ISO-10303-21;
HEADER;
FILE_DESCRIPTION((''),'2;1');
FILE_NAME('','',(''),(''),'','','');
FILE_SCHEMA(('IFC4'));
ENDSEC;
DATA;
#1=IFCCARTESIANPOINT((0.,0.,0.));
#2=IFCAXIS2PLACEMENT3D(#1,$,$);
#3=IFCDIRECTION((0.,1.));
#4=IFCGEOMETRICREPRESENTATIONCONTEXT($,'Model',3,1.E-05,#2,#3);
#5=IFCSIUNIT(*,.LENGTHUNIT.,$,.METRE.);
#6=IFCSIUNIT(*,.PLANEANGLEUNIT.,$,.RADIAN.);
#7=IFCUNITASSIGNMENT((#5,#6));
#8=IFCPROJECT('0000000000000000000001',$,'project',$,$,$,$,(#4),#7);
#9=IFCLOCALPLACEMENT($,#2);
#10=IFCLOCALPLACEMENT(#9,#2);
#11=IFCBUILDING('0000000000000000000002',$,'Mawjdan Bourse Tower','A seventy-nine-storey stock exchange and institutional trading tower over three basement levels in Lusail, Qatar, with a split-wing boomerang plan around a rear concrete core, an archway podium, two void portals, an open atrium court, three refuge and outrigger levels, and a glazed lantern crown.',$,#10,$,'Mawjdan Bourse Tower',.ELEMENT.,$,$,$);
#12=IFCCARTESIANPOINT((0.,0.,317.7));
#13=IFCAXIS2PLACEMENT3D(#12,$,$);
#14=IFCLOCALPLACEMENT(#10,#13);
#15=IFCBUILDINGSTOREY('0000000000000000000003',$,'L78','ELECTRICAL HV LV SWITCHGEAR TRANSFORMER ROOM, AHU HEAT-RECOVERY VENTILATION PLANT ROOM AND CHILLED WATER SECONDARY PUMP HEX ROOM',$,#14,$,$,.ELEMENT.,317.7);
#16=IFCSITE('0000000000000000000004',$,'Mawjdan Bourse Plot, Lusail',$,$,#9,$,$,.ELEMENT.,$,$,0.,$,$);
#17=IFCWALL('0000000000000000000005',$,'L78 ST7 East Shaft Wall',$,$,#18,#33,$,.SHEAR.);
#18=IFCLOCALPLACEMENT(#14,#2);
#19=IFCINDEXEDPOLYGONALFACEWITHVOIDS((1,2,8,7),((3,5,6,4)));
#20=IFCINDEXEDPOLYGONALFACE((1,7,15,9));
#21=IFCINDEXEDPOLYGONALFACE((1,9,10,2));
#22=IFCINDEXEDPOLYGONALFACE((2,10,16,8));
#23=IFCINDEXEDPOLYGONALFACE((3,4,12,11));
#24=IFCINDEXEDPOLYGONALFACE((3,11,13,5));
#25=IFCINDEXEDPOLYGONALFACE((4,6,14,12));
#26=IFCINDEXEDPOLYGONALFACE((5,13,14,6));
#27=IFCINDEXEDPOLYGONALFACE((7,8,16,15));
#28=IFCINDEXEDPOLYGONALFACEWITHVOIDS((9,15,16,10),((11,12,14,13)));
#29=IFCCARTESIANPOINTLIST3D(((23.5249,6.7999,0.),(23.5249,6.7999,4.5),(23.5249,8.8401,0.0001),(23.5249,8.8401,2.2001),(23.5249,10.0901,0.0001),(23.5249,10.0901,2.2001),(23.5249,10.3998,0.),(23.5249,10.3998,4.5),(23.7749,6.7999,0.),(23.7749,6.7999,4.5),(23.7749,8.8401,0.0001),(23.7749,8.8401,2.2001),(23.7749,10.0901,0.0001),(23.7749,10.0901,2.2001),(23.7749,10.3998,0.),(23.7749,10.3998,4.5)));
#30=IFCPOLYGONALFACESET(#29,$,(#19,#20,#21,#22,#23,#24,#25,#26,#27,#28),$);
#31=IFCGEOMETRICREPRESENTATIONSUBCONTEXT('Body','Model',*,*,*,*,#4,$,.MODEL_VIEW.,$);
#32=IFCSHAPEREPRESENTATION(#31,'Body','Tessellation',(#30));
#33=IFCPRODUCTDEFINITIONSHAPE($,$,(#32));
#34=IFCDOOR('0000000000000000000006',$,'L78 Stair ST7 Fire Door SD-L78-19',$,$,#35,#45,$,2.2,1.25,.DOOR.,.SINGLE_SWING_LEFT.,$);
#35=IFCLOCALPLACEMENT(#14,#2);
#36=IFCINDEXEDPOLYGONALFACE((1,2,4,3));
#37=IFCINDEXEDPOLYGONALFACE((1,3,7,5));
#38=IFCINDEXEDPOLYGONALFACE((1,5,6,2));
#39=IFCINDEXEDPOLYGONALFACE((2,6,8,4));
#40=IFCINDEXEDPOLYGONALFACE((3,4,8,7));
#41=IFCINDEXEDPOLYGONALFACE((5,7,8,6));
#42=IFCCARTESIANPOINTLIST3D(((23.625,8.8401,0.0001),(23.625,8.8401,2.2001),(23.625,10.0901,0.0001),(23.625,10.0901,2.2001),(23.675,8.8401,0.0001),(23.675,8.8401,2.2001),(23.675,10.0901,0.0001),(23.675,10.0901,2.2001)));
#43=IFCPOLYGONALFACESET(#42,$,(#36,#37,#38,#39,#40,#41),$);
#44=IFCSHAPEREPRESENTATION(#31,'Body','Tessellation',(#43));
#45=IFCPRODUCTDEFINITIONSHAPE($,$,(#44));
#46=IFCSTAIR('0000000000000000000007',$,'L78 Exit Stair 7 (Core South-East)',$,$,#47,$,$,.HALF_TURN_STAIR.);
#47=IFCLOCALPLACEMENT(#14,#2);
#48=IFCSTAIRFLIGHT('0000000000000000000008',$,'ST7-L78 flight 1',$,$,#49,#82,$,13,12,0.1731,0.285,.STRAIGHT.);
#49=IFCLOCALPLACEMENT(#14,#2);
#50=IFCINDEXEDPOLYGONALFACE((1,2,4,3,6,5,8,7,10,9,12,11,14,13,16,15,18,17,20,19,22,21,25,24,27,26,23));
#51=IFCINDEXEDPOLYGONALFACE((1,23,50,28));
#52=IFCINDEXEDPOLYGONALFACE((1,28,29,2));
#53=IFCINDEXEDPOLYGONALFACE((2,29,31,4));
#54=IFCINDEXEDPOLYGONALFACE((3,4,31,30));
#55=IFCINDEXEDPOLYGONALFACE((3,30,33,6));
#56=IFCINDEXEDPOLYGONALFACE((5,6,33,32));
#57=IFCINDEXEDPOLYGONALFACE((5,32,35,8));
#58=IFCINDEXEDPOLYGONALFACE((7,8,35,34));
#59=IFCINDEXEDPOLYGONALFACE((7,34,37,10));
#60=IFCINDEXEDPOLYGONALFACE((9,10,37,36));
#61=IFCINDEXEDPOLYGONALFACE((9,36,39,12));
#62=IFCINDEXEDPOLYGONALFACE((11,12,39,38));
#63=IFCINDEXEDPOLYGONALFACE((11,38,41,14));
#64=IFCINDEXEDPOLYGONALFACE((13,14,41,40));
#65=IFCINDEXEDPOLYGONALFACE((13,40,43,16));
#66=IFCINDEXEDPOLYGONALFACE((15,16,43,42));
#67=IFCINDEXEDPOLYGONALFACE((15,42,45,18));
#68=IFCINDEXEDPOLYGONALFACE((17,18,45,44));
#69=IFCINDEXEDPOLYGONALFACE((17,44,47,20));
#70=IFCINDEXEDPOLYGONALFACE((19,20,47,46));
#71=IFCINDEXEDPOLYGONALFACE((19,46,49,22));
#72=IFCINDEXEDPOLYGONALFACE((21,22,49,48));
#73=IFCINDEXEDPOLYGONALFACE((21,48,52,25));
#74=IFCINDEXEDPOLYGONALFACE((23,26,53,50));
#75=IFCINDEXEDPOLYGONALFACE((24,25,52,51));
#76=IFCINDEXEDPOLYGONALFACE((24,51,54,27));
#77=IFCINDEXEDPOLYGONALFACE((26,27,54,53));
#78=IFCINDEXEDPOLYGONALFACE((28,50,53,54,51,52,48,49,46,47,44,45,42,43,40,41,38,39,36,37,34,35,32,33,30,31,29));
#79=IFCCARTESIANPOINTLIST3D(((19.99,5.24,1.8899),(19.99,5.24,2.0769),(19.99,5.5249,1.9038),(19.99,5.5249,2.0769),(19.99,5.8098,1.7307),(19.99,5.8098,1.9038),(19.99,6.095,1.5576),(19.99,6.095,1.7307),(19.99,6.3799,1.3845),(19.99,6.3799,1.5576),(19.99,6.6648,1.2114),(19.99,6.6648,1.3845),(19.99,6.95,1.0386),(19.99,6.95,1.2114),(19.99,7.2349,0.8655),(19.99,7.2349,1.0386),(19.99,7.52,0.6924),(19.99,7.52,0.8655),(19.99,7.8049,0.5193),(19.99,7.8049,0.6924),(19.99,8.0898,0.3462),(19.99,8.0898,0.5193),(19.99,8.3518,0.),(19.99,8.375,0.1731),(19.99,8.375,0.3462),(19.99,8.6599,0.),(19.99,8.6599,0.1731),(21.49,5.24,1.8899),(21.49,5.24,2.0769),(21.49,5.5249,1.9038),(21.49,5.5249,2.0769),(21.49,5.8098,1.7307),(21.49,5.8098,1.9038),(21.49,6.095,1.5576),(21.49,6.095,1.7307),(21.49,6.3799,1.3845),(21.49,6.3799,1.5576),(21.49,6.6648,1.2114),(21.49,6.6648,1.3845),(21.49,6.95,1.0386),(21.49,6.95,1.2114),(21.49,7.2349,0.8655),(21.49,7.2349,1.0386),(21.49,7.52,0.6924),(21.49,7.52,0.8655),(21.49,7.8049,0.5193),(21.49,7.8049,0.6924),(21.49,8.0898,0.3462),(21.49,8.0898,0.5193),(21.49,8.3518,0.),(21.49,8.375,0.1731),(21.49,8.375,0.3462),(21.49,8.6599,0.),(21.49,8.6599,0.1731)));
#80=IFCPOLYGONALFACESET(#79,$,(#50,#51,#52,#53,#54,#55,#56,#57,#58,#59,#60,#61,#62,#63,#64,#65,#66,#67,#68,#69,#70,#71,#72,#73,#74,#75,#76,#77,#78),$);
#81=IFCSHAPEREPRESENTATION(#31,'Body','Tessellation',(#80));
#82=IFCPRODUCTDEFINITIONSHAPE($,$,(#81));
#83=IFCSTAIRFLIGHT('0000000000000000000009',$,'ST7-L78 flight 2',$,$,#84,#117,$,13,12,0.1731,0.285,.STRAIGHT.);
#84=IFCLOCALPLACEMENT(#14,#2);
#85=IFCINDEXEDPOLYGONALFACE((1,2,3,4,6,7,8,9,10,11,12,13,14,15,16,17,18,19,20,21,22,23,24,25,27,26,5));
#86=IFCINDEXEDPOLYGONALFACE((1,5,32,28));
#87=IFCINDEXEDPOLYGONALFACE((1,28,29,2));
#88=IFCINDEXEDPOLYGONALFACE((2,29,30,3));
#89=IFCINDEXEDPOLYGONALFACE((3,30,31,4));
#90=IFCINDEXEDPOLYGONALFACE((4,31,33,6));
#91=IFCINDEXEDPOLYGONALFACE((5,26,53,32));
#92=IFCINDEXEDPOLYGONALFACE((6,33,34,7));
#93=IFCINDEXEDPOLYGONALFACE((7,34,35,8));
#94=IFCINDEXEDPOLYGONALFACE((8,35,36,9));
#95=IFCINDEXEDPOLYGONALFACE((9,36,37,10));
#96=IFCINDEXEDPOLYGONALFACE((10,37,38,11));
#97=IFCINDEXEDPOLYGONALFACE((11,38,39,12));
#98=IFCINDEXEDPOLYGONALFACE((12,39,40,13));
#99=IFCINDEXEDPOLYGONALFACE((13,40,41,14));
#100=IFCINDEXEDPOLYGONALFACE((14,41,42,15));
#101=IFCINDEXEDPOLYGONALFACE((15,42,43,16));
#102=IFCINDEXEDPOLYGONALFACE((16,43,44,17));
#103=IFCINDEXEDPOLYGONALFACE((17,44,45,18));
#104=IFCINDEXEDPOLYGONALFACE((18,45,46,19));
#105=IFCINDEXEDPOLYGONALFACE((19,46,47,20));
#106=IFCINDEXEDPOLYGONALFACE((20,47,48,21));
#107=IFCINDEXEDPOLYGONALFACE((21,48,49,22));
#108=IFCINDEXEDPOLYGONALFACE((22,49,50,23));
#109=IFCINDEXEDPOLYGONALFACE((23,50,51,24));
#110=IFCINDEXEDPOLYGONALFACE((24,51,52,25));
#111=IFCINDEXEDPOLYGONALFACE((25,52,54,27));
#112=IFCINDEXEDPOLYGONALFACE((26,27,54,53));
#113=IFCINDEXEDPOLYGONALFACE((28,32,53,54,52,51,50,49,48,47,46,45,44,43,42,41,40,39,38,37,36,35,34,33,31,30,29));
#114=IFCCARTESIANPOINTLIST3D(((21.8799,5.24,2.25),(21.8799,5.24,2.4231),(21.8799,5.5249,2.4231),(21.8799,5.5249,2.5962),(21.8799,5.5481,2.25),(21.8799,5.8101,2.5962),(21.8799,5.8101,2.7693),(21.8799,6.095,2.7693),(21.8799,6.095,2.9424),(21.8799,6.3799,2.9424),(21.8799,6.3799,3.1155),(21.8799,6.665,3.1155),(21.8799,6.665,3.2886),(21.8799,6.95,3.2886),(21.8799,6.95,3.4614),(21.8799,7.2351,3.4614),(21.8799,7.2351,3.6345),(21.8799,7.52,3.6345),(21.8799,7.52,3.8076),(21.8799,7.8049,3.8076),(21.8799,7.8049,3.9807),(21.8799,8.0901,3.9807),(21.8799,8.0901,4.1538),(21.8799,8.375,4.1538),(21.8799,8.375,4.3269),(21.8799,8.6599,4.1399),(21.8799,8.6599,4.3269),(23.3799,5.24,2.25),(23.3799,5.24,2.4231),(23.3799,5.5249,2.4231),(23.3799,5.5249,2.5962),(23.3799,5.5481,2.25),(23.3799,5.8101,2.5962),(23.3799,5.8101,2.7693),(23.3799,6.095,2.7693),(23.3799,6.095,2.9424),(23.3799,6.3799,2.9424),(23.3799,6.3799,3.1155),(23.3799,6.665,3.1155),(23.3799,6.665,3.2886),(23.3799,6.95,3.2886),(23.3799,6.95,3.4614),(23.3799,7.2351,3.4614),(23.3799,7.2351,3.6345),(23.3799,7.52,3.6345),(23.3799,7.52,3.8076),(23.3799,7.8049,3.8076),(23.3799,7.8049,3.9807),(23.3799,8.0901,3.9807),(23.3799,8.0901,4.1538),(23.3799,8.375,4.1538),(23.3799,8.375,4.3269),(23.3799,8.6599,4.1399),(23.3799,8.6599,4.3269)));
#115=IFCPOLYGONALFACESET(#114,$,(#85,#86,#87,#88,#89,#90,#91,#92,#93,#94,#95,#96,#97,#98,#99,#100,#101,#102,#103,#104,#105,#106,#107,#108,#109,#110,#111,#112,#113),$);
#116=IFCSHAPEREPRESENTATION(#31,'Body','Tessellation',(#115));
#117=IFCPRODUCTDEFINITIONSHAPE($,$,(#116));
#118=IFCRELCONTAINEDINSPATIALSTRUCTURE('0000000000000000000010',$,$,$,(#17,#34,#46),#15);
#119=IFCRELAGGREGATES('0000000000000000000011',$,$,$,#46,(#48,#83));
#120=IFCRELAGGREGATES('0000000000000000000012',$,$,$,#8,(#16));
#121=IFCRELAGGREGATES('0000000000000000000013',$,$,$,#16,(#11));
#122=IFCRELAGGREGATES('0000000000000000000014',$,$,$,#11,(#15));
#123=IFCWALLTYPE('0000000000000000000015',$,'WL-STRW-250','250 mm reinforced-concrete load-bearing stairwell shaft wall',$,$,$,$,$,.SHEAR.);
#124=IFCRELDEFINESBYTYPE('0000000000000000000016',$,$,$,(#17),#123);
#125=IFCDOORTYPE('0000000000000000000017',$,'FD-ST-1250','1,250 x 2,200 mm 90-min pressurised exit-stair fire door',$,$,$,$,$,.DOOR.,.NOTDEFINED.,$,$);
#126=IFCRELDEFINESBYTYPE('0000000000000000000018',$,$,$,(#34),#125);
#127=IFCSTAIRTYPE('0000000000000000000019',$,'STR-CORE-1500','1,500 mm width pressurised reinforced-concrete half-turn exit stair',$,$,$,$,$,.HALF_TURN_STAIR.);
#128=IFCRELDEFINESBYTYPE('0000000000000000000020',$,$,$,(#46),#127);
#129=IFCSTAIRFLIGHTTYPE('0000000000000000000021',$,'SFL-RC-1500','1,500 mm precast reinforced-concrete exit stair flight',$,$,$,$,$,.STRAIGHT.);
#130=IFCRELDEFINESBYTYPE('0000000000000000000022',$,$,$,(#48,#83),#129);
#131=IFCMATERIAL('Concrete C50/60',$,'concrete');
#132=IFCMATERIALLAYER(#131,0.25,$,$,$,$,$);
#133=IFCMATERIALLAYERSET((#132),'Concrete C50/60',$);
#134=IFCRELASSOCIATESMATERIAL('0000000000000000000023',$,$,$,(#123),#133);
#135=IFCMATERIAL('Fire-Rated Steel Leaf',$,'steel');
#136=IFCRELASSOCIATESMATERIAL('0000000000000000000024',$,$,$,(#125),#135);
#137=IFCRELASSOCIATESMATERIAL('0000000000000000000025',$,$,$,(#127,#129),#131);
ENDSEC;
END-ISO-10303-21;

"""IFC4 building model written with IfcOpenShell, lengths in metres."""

from ifc_helpers import new_model, si_unit, direction, frame, frame_2d, origin, place, context, subcontext, project, spatial, polyline, rectangle, outline, extrude, material, layer, layer_set, type_object, element, fill, aggregate, save


model = new_model("IFC4")

# Units and contexts
model_context = context("Model", 3, precision=1e-05, world=origin(), true_north=direction((0.0, 1.0)))
body_context = subcontext(model_context, "Body", "Model", "MODEL_VIEW")
ifc_project = project(units=[si_unit("LENGTHUNIT", "METRE"), si_unit("PLANEANGLEUNIT", "RADIAN")], contexts=[model_context])

# Site, building, storey
site_placement = place(None, origin())
site = spatial("IfcSite", under=ifc_project, at=site_placement, Name="Mawjdan Bourse Plot, Lusail", CompositionType="ELEMENT", RefElevation=0.0)
building_placement = place(site_placement, origin())
building = spatial("IfcBuilding", under=site, at=building_placement, Name="Mawjdan Bourse Tower", Description="A seventy-nine-storey stock exchange and institutional trading tower over three basement levels in Lusail, Qatar, with a split-wing boomerang plan around a rear concrete core, an archway podium, two void portals, an open atrium court, three refuge and outrigger levels, and a glazed lantern crown.", LongName="Mawjdan Bourse Tower", CompositionType="ELEMENT")
storey_placement = place(building_placement, frame((0.0, 0.0, 317.7)))
storey = spatial("IfcBuildingStorey", under=building, at=storey_placement, Name="L78", Description="ELECTRICAL HV LV SWITCHGEAR TRANSFORMER ROOM, AHU HEAT-RECOVERY VENTILATION PLANT ROOM AND CHILLED WATER SECONDARY PUMP HEX ROOM", CompositionType="ELEMENT", Elevation=317.7)

# Wall, opening, door
ifc_material_1 = material(Name="Concrete C50/60", Category="concrete")
ifc_layer_1 = layer(ifc_material_1, 0.25)
ifc_layer_set_1 = layer_set([ifc_layer_1], Name="Concrete C50/60")
wall_type_1 = type_object("IfcWallType", Name="WL-STRW-250", Description="250 mm reinforced-concrete load-bearing stairwell shaft wall", PredefinedType="SHEAR", material=ifc_layer_set_1)
wall_1_placement = place(storey_placement, frame((23.6499, 6.8, 0.0), z_axis=(0.0, 0.0, 1.0), x_axis=(0.0, 1.0, 0.0)))
wall_1 = element("IfcWall", 1, at=wall_1_placement, inside=storey, type_object=wall_type_1, Name="L78 ST7 East Shaft Wall", PredefinedType="SHEAR", context=body_context, shape_type="SweptSolid", body=[
    extrude(rectangle(XDim=3.5999, YDim=0.25, at=frame_2d((1.7998, 0.0))), origin(), (0.0, 0.0, 1.0), 4.5),
])
opening_placement = place(wall_1_placement, frame((2.04, 0.0, 0.0)))
opening = element("IfcOpeningElement", 2, at=opening_placement, cuts=wall_1, PredefinedType="OPENING", context=body_context, shape_type="SweptSolid", body=[
    extrude(rectangle(XDim=1.25, YDim=2.2, at=frame_2d((0.625, 1.1001))), frame((0.0, 0.135, 0.0), z_axis=(0.0, -1.0, 0.0), x_axis=(1.0, 0.0, 0.0)), (0.0, 0.0, 1.0), 0.27),
])
ifc_material_2 = material(Name="Fire-Rated Steel Leaf", Category="steel")
door_type = type_object("IfcDoorType", Name="FD-ST-1250", Description="1,250 x 2,200 mm 90-min pressurised exit-stair fire door", OperationType="NOTDEFINED", PredefinedType="DOOR", material=ifc_material_2)
door_placement = place(opening_placement, origin())
door = element("IfcDoor", 3, at=door_placement, inside=storey, type_object=door_type, Name="L78 Stair ST7 Fire Door SD-L78-19", OperationType="SINGLE_SWING_LEFT", OverallHeight=2.2, OverallWidth=1.25, PredefinedType="DOOR", context=body_context, shape_type="SweptSolid", body=[
    extrude(rectangle(XDim=1.25, YDim=2.2, at=frame_2d((0.625, 1.1001))), frame((0.0, 0.0249, 0.0), z_axis=(0.0, -1.0, 0.0), x_axis=(1.0, 0.0, 0.0)), (0.0, 0.0, 1.0), 0.05),
])
fill(opening, door)

# Stair, stair flights
stair_type = type_object("IfcStairType", Name="STR-CORE-1500", Description="1,500 mm width pressurised reinforced-concrete half-turn exit stair", PredefinedType="HALF_TURN_STAIR", material=ifc_material_1)
stair_placement = place(storey_placement, origin())
stair = element("IfcStair", 4, at=stair_placement, inside=storey, type_object=stair_type, Name="L78 Exit Stair 7 (Core South-East)", PredefinedType="HALF_TURN_STAIR")
stair_flight_type = type_object("IfcStairFlightType", Name="SFL-RC-1500", Description="1,500 mm precast reinforced-concrete exit stair flight", PredefinedType="STRAIGHT", material=ifc_material_1)
stair_flight_1_placement = place(storey_placement, frame((20.74, 8.6599, 0.0), z_axis=(0.0, 0.0, 1.0), x_axis=(0.0, -1.0, 0.0)))
stair_flight_1 = element("IfcStairFlight", 5, at=stair_flight_1_placement, type_object=stair_flight_type, Name="ST7-L78 flight 1", NumberOfRisers=13, NumberOfTreads=12, PredefinedType="STRAIGHT", RiserHeight=0.1731, TreadLength=0.285, context=body_context, shape_type="SweptSolid", body=[
    extrude(outline(polyline([(0.0, 0.0), (0.0, 0.1731), (0.2849, 0.1731), (0.2849, 0.3462), (0.5701, 0.3462), (0.5701, 0.5193), (0.855, 0.5193), (0.855, 0.6924), (1.1399, 0.6924), (1.1399, 0.8655), (1.425, 0.8655), (1.425, 1.0386), (1.71, 1.0386), (1.71, 1.2114), (1.9951, 1.2114), (1.9951, 1.3845), (2.28, 1.3845), (2.28, 1.5576), (2.5649, 1.5576), (2.5649, 1.7307), (2.8501, 1.7307), (2.8501, 1.9038), (3.135, 1.9038), (3.135, 2.0769), (3.4199, 2.0769), (3.4199, 2.25), (3.4199, 1.8899), (0.3081, 0.0), (0.0, 0.0)])), frame((0.0, 0.75, 0.0), z_axis=(0.0, -1.0, 0.0), x_axis=(1.0, 0.0, 0.0)), (0.0, 0.0, 1.0), 1.5),
])
stair_flight_2_placement = place(storey_placement, frame((22.6299, 5.24, 2.25), z_axis=(0.0, 0.0, 1.0), x_axis=(0.0, 1.0, 0.0)))
stair_flight_2 = element("IfcStairFlight", 6, at=stair_flight_2_placement, type_object=stair_flight_type, Name="ST7-L78 flight 2", NumberOfRisers=13, NumberOfTreads=12, PredefinedType="STRAIGHT", RiserHeight=0.1731, TreadLength=0.285, context=body_context, shape_type="SweptSolid", body=[
    extrude(outline(polyline([(0.0, 0.0), (0.0, 0.1731), (0.2849, 0.1731), (0.2849, 0.3462), (0.5701, 0.3462), (0.5701, 0.5193), (0.855, 0.5193), (0.855, 0.6924), (1.1399, 0.6924), (1.1399, 0.8655), (1.425, 0.8655), (1.425, 1.0386), (1.71, 1.0386), (1.71, 1.2114), (1.9951, 1.2114), (1.9951, 1.3845), (2.28, 1.3845), (2.28, 1.5576), (2.5649, 1.5576), (2.5649, 1.7307), (2.8501, 1.7307), (2.8501, 1.9038), (3.135, 1.9038), (3.135, 2.0769), (3.4199, 2.0769), (3.4199, 2.25), (3.4199, 1.8899), (0.3081, 0.0), (0.0, 0.0)])), frame((0.0, 0.75, 0.0), z_axis=(0.0, -1.0, 0.0), x_axis=(1.0, 0.0, 0.0)), (0.0, 0.0, 1.0), 1.5),
])
aggregate(stair, [stair_flight_1, stair_flight_2])

save(model, "model.ifc")
